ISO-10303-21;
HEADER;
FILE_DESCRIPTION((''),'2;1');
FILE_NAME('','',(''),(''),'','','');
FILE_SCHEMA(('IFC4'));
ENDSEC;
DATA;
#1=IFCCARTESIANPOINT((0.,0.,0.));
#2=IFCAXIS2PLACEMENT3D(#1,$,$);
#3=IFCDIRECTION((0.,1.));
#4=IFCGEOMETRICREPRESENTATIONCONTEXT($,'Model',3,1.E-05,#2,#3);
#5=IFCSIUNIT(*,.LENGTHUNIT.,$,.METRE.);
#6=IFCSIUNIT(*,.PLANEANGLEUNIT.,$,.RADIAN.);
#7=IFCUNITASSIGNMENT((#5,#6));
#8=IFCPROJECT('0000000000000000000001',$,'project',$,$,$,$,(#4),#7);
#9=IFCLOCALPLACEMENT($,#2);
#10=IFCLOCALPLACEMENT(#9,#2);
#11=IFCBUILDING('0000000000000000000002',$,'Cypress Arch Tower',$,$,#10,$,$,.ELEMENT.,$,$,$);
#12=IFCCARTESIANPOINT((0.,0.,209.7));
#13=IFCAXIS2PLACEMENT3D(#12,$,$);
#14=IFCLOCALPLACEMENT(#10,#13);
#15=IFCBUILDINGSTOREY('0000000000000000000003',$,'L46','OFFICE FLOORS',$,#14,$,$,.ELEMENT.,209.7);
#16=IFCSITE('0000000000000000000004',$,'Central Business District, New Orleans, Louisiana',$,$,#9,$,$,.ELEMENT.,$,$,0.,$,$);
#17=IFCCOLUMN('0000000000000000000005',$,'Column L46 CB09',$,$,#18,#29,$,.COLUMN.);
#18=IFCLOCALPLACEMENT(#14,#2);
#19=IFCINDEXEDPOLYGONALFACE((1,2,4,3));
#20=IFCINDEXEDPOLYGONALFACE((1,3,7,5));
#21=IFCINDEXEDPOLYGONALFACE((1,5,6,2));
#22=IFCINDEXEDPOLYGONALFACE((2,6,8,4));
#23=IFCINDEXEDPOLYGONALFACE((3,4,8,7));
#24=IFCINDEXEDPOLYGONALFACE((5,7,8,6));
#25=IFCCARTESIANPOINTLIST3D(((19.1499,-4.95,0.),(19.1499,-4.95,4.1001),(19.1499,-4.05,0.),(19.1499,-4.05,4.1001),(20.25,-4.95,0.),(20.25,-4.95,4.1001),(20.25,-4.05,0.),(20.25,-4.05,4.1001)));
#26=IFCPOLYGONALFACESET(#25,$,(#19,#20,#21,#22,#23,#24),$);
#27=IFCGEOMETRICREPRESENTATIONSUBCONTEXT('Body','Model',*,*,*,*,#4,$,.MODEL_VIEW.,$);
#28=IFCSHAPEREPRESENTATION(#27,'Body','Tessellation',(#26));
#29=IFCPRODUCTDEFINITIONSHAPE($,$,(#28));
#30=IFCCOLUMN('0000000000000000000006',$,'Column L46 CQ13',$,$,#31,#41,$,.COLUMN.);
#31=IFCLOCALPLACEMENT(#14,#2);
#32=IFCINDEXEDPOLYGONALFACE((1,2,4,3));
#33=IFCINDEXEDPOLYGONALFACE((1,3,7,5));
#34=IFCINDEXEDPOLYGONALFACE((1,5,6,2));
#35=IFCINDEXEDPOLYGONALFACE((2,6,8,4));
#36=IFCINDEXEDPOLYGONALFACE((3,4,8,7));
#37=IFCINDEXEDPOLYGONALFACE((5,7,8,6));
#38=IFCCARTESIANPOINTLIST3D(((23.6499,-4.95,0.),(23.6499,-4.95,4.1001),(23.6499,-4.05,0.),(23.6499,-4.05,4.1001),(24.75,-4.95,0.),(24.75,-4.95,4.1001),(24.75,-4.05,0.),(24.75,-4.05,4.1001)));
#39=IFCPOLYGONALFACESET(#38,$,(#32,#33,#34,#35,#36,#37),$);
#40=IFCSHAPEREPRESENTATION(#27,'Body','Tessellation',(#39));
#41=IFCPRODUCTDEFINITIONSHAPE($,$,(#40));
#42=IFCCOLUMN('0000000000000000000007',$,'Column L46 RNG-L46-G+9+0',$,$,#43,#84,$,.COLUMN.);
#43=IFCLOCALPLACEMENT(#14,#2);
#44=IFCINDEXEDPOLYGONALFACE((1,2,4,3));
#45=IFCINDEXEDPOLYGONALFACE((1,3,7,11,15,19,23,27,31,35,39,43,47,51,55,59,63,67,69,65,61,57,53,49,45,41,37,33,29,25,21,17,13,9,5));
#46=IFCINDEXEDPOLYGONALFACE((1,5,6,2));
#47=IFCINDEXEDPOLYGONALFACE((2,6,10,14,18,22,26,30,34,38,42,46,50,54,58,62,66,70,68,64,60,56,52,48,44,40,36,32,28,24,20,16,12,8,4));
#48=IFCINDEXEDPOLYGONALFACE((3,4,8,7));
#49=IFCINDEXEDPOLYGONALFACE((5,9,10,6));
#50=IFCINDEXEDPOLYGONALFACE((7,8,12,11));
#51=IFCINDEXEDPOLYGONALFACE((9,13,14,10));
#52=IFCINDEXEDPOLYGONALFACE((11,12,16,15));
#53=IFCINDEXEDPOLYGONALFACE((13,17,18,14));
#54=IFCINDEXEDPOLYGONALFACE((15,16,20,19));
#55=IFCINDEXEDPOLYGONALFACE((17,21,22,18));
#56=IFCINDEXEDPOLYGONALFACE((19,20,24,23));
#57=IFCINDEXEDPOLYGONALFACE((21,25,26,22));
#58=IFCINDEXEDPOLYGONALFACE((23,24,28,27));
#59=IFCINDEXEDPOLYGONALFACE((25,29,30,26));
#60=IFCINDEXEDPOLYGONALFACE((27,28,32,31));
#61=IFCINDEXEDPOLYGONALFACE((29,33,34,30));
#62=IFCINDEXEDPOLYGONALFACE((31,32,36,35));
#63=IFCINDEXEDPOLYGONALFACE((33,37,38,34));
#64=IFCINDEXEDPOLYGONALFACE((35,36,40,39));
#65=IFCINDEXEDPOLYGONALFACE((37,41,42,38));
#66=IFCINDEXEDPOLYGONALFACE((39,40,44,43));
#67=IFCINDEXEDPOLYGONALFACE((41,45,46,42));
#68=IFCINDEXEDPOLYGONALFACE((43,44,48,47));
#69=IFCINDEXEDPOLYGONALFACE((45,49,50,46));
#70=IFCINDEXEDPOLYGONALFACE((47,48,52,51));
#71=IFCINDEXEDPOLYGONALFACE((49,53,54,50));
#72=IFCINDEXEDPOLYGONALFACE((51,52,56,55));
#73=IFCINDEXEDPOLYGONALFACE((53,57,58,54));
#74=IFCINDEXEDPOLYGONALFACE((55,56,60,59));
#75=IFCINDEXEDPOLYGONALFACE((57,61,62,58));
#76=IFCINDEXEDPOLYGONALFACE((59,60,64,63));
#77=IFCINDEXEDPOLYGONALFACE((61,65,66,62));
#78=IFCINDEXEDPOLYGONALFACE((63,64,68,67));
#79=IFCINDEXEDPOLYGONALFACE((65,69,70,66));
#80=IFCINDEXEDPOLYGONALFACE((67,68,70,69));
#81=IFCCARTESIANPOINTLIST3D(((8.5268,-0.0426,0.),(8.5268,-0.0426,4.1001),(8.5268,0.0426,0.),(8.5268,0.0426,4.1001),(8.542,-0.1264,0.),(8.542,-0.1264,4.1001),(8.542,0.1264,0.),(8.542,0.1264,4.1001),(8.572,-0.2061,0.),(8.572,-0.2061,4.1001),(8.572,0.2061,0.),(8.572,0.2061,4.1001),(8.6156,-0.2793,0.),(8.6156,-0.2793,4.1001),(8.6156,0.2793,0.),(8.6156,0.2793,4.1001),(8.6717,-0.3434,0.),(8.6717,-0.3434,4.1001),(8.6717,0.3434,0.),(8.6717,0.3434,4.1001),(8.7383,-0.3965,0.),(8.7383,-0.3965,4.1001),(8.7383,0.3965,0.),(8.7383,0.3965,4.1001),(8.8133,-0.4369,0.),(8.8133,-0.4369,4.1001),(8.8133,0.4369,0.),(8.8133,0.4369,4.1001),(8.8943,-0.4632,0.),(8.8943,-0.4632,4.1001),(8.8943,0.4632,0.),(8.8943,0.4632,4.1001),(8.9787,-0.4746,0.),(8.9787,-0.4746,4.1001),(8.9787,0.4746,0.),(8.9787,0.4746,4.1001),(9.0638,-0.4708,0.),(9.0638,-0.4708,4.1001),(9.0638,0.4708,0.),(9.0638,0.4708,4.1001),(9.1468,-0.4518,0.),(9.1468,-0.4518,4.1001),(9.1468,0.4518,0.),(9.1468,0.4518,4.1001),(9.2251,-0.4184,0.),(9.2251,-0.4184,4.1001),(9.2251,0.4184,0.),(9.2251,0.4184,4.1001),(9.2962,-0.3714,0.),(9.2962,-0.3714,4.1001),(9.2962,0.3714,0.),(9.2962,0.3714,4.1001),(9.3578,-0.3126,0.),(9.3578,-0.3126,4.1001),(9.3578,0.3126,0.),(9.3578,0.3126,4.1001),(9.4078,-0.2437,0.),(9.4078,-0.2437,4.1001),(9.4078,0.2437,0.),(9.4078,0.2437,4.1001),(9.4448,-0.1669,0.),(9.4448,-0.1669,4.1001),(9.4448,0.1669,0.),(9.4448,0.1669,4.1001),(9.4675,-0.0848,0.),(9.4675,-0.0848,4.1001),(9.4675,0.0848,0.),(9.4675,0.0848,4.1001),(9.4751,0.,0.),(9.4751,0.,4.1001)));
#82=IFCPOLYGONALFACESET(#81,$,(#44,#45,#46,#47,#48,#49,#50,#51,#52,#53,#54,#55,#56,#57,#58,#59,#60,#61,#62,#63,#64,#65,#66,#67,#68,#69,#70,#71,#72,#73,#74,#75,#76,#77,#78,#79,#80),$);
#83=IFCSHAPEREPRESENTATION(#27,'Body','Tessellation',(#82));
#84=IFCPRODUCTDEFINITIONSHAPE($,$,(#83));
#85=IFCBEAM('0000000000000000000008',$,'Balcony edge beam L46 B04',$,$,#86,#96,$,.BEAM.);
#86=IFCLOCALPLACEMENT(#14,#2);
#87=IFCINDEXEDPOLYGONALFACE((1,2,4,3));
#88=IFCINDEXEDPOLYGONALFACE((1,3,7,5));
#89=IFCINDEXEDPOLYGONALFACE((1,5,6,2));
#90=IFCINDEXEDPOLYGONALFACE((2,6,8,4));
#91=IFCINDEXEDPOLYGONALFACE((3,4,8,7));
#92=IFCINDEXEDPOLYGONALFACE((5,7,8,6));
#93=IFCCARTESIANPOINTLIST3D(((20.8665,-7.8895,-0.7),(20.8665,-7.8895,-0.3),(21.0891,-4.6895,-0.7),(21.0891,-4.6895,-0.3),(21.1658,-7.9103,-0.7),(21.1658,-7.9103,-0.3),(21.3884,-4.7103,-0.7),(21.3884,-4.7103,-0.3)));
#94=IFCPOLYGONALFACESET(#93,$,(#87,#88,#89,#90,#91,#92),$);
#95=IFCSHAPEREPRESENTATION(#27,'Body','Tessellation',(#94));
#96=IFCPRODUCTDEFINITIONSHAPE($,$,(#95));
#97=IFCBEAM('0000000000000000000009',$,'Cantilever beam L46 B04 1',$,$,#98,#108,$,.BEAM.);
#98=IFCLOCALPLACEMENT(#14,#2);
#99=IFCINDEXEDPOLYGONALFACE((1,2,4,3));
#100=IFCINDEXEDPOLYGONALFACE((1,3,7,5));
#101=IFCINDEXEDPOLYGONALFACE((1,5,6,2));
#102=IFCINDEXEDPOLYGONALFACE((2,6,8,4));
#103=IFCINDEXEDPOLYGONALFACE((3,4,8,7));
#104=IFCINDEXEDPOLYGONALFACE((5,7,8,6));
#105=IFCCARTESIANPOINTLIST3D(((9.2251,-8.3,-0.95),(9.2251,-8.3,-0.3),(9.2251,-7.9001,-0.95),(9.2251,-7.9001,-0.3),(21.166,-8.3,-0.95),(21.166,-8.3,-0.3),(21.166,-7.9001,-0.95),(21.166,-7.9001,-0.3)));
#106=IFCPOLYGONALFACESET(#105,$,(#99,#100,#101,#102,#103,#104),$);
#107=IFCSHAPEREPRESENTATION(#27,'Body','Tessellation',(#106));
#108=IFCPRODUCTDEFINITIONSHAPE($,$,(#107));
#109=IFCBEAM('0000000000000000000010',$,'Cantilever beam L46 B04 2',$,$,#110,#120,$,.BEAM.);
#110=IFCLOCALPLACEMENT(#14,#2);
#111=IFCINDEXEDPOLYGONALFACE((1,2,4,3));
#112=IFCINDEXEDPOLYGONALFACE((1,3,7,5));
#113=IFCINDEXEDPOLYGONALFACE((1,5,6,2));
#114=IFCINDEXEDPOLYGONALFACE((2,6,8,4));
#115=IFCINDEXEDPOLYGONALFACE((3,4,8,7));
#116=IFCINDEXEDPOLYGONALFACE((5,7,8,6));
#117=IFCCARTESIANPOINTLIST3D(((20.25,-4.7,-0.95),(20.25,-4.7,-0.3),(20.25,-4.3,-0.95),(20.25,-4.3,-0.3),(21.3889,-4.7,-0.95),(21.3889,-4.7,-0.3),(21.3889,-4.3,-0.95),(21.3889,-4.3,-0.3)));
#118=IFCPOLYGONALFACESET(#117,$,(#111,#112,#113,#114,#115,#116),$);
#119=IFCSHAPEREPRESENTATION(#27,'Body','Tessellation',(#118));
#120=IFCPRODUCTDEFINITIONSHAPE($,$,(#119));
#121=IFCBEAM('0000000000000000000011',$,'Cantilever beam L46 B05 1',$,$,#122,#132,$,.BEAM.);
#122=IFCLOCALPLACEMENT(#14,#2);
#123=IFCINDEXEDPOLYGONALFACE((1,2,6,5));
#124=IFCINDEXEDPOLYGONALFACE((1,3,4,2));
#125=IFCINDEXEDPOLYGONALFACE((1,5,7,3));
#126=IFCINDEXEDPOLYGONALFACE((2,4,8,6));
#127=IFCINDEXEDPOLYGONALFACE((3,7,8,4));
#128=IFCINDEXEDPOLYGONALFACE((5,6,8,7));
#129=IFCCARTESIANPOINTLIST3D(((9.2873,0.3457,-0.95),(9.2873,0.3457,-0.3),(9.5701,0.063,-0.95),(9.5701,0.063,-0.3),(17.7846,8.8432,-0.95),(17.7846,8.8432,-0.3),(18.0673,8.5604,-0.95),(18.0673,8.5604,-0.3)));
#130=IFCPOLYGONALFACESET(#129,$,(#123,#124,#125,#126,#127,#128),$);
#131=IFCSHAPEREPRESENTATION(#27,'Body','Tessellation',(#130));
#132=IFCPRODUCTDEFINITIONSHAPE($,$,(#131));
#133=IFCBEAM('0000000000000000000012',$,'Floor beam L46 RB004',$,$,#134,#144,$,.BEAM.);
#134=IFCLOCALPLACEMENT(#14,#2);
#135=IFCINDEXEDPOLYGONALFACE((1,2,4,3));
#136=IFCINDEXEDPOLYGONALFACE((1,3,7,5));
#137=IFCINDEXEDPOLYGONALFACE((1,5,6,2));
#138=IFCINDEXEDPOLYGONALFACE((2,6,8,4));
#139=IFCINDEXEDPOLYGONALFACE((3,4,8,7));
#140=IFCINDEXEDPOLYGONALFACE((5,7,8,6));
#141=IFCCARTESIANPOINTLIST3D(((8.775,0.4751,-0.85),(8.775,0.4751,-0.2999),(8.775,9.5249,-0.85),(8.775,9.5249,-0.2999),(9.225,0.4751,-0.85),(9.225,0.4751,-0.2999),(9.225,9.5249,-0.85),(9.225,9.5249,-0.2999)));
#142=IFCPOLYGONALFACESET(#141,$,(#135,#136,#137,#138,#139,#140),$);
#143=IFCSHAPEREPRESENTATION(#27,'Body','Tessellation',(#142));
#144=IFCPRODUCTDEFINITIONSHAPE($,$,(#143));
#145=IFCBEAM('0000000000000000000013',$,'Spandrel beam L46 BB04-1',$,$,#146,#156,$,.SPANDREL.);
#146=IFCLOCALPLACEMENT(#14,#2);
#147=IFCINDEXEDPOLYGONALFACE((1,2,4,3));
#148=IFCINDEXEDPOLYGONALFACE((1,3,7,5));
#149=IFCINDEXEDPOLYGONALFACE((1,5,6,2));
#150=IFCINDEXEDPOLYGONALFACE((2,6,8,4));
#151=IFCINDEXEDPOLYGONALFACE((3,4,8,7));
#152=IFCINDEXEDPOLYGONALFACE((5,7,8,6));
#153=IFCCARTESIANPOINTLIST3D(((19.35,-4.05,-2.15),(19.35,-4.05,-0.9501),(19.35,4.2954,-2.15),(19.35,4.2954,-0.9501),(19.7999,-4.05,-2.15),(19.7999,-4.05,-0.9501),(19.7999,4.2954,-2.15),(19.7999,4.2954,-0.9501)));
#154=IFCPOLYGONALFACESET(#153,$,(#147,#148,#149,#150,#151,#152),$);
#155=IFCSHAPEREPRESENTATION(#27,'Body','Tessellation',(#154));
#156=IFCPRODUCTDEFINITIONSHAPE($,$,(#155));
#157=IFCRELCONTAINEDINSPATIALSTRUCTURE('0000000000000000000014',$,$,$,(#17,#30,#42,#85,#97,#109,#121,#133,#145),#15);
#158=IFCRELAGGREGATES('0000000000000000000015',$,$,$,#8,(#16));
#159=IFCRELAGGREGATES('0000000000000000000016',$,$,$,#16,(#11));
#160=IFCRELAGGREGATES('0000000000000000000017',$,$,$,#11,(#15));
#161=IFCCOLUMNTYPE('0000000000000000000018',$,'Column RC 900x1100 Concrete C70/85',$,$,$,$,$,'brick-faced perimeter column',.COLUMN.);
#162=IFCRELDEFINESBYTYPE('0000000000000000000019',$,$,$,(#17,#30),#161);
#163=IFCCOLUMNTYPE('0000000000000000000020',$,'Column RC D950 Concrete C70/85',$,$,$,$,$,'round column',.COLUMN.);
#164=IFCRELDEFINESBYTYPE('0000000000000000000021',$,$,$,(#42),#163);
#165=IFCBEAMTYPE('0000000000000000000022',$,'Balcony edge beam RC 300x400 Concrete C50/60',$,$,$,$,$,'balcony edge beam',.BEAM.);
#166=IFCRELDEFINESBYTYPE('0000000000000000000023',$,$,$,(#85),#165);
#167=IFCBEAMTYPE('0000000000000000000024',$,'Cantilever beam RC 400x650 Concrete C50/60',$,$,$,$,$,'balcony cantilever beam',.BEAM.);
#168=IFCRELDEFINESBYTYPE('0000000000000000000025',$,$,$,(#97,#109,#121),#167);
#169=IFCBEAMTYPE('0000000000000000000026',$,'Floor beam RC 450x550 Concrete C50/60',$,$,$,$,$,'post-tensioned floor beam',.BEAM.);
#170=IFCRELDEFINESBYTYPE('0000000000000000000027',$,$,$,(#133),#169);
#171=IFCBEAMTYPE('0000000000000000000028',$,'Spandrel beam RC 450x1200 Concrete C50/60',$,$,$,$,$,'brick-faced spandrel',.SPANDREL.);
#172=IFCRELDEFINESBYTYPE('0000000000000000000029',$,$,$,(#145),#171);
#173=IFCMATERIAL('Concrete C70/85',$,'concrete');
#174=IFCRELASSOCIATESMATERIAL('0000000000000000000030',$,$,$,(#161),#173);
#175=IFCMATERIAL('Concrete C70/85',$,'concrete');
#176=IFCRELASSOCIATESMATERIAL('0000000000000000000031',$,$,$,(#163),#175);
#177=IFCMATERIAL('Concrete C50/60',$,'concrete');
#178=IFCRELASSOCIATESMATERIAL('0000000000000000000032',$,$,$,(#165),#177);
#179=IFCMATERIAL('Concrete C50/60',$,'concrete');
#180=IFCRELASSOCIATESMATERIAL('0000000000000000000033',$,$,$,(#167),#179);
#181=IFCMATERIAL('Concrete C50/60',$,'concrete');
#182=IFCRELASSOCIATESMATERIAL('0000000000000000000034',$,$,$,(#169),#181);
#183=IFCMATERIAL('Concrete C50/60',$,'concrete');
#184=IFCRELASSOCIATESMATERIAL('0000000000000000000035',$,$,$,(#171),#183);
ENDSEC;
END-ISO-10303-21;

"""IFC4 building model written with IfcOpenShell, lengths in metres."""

from ifc_helpers import new_model, si_unit, direction, frame, origin, origin_2d, place, context, subcontext, project, spatial, rectangle, circle, extrude, material, material_profile, profile_set, type_object, element, save


model = new_model("IFC4")

# Units and contexts
model_context = context("Model", 3, precision=1e-05, world=origin(), true_north=direction((0.0, 1.0)))
body_context = subcontext(model_context, "Body", "Model", "MODEL_VIEW")
ifc_project = project(units=[si_unit("LENGTHUNIT", "METRE"), si_unit("PLANEANGLEUNIT", "RADIAN")], contexts=[model_context])

# Site, building, storey
site_placement = place(None, origin())
site = spatial("IfcSite", under=ifc_project, at=site_placement, Name="Central Business District, New Orleans, Louisiana", CompositionType="ELEMENT", RefElevation=0.0)
building_placement = place(site_placement, origin())
building = spatial("IfcBuilding", under=site, at=building_placement, Name="Cypress Arch Tower", CompositionType="ELEMENT")
storey_placement = place(building_placement, frame((0.0, 0.0, 209.7)))
storey = spatial("IfcBuildingStorey", under=building, at=storey_placement, Name="L46", Description="OFFICE FLOORS", CompositionType="ELEMENT", Elevation=209.7)

# Columns
ifc_material_1 = material(Name="Concrete C70/85", Category="concrete")
ifc_material_profile_1 = material_profile(ifc_material_1, rectangle(XDim=0.8999, YDim=1.1001, at=origin_2d()), Name="RC 900x1100")
ifc_profile_set_1 = profile_set([ifc_material_profile_1], Name="Concrete C70/85")
column_type_1 = type_object("IfcColumnType", Name="Column RC 900x1100 Concrete C70/85", ElementType="brick-faced perimeter column", PredefinedType="COLUMN", material=ifc_profile_set_1)
for number, where, z_axis, x_axis, name in (
    (1, (19.7, -4.5, 0.0), (0.0, 0.0, 1.0), (0.0, 1.0, 0.0), "Column L46 CB09"),
    (2, (24.2, -4.5, 0.0), (0.0, 0.0, 1.0), (0.0, 1.0, 0.0), "Column L46 CQ13"),
):
    element("IfcColumn", number, at=place(storey_placement, frame(where, z_axis=z_axis, x_axis=x_axis)), inside=storey, type_object=column_type_1, Name=name, PredefinedType="COLUMN", context=body_context, shape_type="SweptSolid", body=[
        extrude(rectangle(XDim=0.8999, YDim=1.1001, at=origin_2d()), origin(), (0.0, 0.0, 1.0), 4.1001),
    ])
ifc_material_2 = material(Name="Concrete C70/85", Category="concrete")
ifc_material_profile_2 = material_profile(ifc_material_2, circle(Radius=0.4751, at=origin_2d()), Name="RC D950")
ifc_profile_set_2 = profile_set([ifc_material_profile_2], Name="Concrete C70/85")
column_type_2 = type_object("IfcColumnType", Name="Column RC D950 Concrete C70/85", ElementType="round column", PredefinedType="COLUMN", material=ifc_profile_set_2)
column_placement = place(storey_placement, frame((9.0, 0.0, 0.0), z_axis=(0.0, 0.0, 1.0), x_axis=(1.0, 0.0, 0.0)))
element("IfcColumn", 3, at=column_placement, inside=storey, type_object=column_type_2, Name="Column L46 RNG-L46-G+9+0", PredefinedType="COLUMN", context=body_context, shape_type="SweptSolid", body=[
    extrude(circle(Radius=0.4751, at=origin_2d()), origin(), (0.0, 0.0, 1.0), 4.1001),
])

# Beams
ifc_material_3 = material(Name="Concrete C50/60", Category="concrete")
ifc_material_profile_3 = material_profile(ifc_material_3, rectangle(XDim=0.3, YDim=0.3999, at=origin_2d()), Name="RC 300x400")
ifc_profile_set_3 = profile_set([ifc_material_profile_3], Name="Concrete C50/60")
beam_type_1 = type_object("IfcBeamType", Name="Balcony edge beam RC 300x400 Concrete C50/60", ElementType="balcony edge beam", PredefinedType="BEAM", material=ifc_profile_set_3)
beam_1_placement = place(storey_placement, frame((21.0161, -7.8999, -0.5), z_axis=(0.069413, 0.997588, 0.0), x_axis=(-0.997588, 0.069413, 0.0)))
element("IfcBeam", 4, at=beam_1_placement, inside=storey, type_object=beam_type_1, Name="Balcony edge beam L46 B04", PredefinedType="BEAM", context=body_context, shape_type="SweptSolid", body=[
    extrude(rectangle(XDim=0.3, YDim=0.3999, at=origin_2d()), origin(), (0.0, 0.0, 1.0), 3.2078),
])
ifc_material_4 = material(Name="Concrete C50/60", Category="concrete")
ifc_material_profile_4 = material_profile(ifc_material_4, rectangle(XDim=0.3999, YDim=0.6499, at=origin_2d()), Name="RC 400x650")
ifc_profile_set_4 = profile_set([ifc_material_profile_4], Name="Concrete C50/60")
beam_type_2 = type_object("IfcBeamType", Name="Cantilever beam RC 400x650 Concrete C50/60", ElementType="balcony cantilever beam", PredefinedType="BEAM", material=ifc_profile_set_4)
beam_2_placement = place(storey_placement, frame((9.2251, -8.1001, -0.625), z_axis=(1.0, 0.0, 0.0), x_axis=(0.0, 1.0, 0.0)))
element("IfcBeam", 5, at=beam_2_placement, inside=storey, type_object=beam_type_2, Name="Cantilever beam L46 B04 1", PredefinedType="BEAM", context=body_context, shape_type="SweptSolid", body=[
    extrude(rectangle(XDim=0.3999, YDim=0.6499, at=origin_2d()), origin(), (0.0, 0.0, 1.0), 11.9409),
])
beam_3_placement = place(storey_placement, frame((20.25, -4.5, -0.625), z_axis=(1.0, 0.0, 0.0), x_axis=(0.0, 1.0, 0.0)))
element("IfcBeam", 6, at=beam_3_placement, inside=storey, type_object=beam_type_2, Name="Cantilever beam L46 B04 2", PredefinedType="BEAM", context=body_context, shape_type="SweptSolid", body=[
    extrude(rectangle(XDim=0.3999, YDim=0.6499, at=origin_2d()), origin(), (0.0, 0.0, 1.0), 1.1389),
])
beam_4_placement = place(storey_placement, frame((9.4287, 0.2043, -0.625), z_axis=(0.707097, 0.707117, 0.0), x_axis=(-0.707117, 0.707097, 0.0)))
element("IfcBeam", 7, at=beam_4_placement, inside=storey, type_object=beam_type_2, Name="Cantilever beam L46 B05 1", PredefinedType="BEAM", context=body_context, shape_type="SweptSolid", body=[
    extrude(rectangle(XDim=0.3999, YDim=0.6499, at=origin_2d()), origin(), (0.0, 0.0, 1.0), 12.0171),
])
ifc_material_5 = material(Name="Concrete C50/60", Category="concrete")
ifc_material_profile_5 = material_profile(ifc_material_5, rectangle(XDim=0.45, YDim=0.55, at=origin_2d()), Name="RC 450x550")
ifc_profile_set_5 = profile_set([ifc_material_profile_5], Name="Concrete C50/60")
beam_type_3 = type_object("IfcBeamType", Name="Floor beam RC 450x550 Concrete C50/60", ElementType="post-tensioned floor beam", PredefinedType="BEAM", material=ifc_profile_set_5)
beam_5_placement = place(storey_placement, frame((9.0, 0.4751, -0.575), z_axis=(0.0, 1.0, 0.0), x_axis=(-1.0, 0.0, 0.0)))
element("IfcBeam", 8, at=beam_5_placement, inside=storey, type_object=beam_type_3, Name="Floor beam L46 RB004", PredefinedType="BEAM", context=body_context, shape_type="SweptSolid", body=[
    extrude(rectangle(XDim=0.45, YDim=0.55, at=origin_2d()), origin(), (0.0, 0.0, 1.0), 9.0498),
])
ifc_material_6 = material(Name="Concrete C50/60", Category="concrete")
ifc_material_profile_6 = material_profile(ifc_material_6, rectangle(XDim=0.45, YDim=1.2, at=origin_2d()), Name="RC 450x1200")
ifc_profile_set_6 = profile_set([ifc_material_profile_6], Name="Concrete C50/60")
beam_type_4 = type_object("IfcBeamType", Name="Spandrel beam RC 450x1200 Concrete C50/60", ElementType="brick-faced spandrel", PredefinedType="SPANDREL", material=ifc_profile_set_6)
beam_6_placement = place(storey_placement, frame((19.575, -4.05, -1.55), z_axis=(0.0, 1.0, 0.0), x_axis=(-1.0, 0.0, 0.0)))
element("IfcBeam", 9, at=beam_6_placement, inside=storey, type_object=beam_type_4, Name="Spandrel beam L46 BB04-1", PredefinedType="SPANDREL", context=body_context, shape_type="SweptSolid", body=[
    extrude(rectangle(XDim=0.45, YDim=1.2, at=origin_2d()), origin(), (0.0, 0.0, 1.0), 8.3455),
])

save(model, "model.ifc")
